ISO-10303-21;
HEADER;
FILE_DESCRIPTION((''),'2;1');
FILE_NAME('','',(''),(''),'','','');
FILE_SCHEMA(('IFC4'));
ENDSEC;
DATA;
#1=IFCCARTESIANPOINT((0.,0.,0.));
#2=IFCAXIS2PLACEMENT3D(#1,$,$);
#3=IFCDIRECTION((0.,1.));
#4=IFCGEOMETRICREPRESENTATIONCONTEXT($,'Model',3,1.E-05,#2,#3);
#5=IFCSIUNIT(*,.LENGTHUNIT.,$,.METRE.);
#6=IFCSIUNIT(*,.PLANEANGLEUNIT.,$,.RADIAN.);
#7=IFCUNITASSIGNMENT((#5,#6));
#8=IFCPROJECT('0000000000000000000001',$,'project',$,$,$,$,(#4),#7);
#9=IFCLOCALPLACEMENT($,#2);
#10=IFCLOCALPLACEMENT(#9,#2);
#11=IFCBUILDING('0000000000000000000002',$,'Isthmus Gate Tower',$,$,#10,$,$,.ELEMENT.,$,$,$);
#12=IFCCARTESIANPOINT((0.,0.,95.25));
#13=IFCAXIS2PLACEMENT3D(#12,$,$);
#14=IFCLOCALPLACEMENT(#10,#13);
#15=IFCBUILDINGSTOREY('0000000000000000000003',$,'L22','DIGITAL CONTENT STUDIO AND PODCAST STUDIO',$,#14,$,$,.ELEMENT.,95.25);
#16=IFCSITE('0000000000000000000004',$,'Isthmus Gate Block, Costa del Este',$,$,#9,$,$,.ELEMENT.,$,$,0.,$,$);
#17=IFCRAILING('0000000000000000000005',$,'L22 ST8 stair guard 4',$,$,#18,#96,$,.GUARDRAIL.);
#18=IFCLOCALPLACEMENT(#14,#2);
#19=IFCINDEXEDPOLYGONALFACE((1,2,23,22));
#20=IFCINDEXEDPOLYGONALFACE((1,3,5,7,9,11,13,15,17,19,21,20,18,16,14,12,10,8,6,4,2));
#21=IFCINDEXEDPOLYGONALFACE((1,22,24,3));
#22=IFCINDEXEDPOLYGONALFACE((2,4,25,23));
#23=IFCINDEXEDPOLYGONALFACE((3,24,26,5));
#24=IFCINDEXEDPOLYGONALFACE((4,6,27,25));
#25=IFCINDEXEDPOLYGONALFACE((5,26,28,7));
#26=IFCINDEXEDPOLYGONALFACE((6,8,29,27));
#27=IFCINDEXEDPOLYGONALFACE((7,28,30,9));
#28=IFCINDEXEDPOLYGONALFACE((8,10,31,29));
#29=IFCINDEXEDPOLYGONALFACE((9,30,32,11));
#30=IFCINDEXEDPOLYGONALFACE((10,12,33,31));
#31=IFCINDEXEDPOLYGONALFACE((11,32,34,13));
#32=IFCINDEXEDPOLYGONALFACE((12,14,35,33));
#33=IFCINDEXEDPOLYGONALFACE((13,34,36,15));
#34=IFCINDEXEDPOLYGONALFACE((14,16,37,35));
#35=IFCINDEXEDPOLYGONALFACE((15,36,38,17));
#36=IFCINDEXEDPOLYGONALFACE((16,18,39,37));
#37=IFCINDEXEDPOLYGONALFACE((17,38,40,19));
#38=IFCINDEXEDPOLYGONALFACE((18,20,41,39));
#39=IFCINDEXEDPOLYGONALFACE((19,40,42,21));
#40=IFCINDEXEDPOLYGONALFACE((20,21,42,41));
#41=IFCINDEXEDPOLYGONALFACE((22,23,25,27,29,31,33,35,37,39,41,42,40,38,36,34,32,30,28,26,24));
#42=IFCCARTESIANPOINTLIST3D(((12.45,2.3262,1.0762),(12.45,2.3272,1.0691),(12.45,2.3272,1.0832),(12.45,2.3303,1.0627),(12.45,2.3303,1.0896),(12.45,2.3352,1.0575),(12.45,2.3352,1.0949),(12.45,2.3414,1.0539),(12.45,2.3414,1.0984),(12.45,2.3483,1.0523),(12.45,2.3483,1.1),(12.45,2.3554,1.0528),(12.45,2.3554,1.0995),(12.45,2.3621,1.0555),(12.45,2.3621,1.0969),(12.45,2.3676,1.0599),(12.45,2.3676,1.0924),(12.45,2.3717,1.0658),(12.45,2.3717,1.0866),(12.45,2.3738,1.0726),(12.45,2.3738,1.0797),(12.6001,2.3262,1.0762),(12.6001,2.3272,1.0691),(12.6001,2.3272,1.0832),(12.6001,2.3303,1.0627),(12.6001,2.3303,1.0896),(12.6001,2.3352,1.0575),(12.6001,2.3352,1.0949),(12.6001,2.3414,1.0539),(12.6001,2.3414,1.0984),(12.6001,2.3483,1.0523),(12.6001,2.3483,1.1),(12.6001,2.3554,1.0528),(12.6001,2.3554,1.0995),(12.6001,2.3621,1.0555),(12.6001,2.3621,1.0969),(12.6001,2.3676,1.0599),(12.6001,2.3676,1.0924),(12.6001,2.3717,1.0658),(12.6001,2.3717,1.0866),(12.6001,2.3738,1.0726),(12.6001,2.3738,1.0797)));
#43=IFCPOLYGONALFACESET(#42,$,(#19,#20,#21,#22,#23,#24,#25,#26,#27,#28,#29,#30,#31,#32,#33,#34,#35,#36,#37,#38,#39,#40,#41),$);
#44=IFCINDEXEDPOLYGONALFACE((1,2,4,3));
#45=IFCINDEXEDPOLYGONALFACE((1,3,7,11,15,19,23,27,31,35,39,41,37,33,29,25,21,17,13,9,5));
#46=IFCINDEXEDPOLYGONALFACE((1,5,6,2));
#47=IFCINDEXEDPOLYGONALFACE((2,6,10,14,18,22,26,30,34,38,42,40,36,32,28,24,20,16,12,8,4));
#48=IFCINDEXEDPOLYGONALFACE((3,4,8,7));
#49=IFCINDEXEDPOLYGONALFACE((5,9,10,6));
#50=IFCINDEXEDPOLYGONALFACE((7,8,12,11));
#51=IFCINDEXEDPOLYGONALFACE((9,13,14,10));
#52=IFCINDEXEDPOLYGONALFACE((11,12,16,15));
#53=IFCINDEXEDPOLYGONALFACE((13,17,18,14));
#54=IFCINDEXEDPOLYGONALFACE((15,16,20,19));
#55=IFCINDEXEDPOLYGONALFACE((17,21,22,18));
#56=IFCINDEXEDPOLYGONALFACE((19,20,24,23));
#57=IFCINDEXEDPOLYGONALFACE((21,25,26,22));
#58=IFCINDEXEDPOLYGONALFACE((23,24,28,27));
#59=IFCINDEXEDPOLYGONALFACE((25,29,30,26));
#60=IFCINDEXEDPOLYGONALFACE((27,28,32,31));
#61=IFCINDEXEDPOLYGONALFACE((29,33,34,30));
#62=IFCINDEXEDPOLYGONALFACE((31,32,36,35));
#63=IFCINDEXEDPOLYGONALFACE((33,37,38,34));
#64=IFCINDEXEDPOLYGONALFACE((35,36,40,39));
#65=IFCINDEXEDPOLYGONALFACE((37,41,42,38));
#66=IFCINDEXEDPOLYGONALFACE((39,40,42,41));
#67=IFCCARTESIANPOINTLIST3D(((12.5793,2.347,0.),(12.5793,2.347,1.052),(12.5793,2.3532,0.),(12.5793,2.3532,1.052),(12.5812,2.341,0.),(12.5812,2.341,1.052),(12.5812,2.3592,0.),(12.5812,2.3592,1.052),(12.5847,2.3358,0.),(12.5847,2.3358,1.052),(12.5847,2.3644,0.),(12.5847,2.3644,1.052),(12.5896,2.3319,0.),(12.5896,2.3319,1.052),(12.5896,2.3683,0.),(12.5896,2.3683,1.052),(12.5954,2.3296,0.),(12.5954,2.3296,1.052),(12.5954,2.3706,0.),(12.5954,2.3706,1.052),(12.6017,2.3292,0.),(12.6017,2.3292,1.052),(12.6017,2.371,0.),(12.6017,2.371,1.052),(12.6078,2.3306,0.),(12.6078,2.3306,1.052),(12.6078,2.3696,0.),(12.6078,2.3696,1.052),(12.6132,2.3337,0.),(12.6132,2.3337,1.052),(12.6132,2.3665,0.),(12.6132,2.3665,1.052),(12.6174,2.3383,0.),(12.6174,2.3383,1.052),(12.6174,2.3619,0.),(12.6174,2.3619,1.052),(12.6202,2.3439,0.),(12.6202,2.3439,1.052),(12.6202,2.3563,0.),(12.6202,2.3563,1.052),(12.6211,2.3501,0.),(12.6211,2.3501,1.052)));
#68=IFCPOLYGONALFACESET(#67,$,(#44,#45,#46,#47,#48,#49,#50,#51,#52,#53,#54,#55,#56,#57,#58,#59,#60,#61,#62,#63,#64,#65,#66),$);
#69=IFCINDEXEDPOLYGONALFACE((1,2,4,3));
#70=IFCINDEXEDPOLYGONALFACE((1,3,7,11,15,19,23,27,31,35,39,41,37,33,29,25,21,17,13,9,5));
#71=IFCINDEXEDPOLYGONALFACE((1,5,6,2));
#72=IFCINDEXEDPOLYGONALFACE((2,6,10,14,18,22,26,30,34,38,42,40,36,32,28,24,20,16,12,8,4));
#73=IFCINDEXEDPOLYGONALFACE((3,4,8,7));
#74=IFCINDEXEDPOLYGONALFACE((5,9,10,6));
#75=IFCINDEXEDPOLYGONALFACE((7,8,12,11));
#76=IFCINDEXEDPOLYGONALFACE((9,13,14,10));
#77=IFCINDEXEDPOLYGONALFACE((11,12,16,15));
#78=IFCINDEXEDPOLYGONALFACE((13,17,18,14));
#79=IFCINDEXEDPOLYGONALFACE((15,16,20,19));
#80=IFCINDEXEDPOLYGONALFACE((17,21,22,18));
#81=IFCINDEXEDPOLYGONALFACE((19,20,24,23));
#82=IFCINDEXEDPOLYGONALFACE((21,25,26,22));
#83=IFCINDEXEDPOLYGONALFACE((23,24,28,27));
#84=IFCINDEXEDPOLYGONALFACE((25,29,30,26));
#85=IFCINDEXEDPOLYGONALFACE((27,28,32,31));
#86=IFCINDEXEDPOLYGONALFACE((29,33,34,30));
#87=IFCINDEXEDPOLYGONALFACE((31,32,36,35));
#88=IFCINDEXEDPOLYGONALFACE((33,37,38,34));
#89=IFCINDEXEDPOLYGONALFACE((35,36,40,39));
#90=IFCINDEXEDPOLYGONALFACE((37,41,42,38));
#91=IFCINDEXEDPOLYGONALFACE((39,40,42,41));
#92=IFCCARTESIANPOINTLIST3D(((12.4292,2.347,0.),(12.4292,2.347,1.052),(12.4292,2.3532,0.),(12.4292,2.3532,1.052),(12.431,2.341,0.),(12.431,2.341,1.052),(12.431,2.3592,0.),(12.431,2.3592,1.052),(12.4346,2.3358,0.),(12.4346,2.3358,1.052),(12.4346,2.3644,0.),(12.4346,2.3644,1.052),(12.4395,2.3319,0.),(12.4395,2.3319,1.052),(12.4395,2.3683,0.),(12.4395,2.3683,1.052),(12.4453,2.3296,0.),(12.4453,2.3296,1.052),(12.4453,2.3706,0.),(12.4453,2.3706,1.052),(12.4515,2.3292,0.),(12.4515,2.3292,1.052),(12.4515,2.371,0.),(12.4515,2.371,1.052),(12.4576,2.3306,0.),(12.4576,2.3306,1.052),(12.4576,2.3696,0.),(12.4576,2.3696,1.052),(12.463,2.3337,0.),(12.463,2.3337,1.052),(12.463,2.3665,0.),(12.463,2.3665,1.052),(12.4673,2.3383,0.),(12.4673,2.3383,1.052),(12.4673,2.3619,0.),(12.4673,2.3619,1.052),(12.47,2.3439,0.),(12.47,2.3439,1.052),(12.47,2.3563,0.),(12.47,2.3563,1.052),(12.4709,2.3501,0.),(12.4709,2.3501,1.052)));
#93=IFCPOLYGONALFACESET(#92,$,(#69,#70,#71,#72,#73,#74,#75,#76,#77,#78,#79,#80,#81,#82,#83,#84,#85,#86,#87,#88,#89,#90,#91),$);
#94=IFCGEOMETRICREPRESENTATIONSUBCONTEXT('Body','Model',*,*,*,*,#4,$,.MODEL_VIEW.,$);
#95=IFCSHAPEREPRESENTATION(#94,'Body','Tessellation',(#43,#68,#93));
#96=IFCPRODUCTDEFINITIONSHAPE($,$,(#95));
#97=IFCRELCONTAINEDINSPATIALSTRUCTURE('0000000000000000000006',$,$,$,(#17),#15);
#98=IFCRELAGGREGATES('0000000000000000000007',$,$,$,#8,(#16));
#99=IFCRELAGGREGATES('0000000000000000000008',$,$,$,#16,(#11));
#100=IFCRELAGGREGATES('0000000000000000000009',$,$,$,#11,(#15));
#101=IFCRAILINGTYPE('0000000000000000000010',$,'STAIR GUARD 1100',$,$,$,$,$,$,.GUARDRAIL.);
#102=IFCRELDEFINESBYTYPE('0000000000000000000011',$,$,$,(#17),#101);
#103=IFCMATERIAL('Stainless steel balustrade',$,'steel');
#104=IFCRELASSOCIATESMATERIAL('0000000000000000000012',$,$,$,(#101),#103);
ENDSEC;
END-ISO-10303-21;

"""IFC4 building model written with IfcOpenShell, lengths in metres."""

from ifc_helpers import new_model, si_unit, direction, frame, origin, origin_2d, place, context, subcontext, project, spatial, circle, extrude, material, type_object, element, save


model = new_model("IFC4")

# Units and contexts
model_context = context("Model", 3, precision=1e-05, world=origin(), true_north=direction((0.0, 1.0)))
body_context = subcontext(model_context, "Body", "Model", "MODEL_VIEW")
ifc_project = project(units=[si_unit("LENGTHUNIT", "METRE"), si_unit("PLANEANGLEUNIT", "RADIAN")], contexts=[model_context])

# Site, building, storey
site_placement = place(None, origin())
site = spatial("IfcSite", under=ifc_project, at=site_placement, Name="Isthmus Gate Block, Costa del Este", CompositionType="ELEMENT", RefElevation=0.0)
building_placement = place(site_placement, origin())
building = spatial("IfcBuilding", under=site, at=building_placement, Name="Isthmus Gate Tower", CompositionType="ELEMENT")
storey_placement = place(building_placement, frame((0.0, 0.0, 95.25)))
storey = spatial("IfcBuildingStorey", under=building, at=storey_placement, Name="L22", Description="DIGITAL CONTENT STUDIO AND PODCAST STUDIO", CompositionType="ELEMENT", Elevation=95.25)

# Railing
ifc_material_1 = material(Name="Stainless steel balustrade", Category="steel")
railing_type_1 = type_object("IfcRailingType", Name="STAIR GUARD 1100", PredefinedType="GUARDRAIL", material=ifc_material_1)
railing_1_placement = place(storey_placement, frame((12.6001, 2.3501, 0.0)))
element("IfcRailing", 1, at=railing_1_placement, inside=storey, type_object=railing_type_1, Name="L22 ST8 stair guard 4", PredefinedType="GUARDRAIL", context=body_context, shape_type="SweptSolid", body=[
    extrude(circle(Radius=0.0239, at=origin_2d()), frame((0.0, 0.0, 1.0762), z_axis=(-1.0, 0.0, 0.0), x_axis=(0.0, -1.0, 0.0)), (0.0, 0.0, 1.0), 0.1501),
    extrude(circle(Radius=0.021, at=origin_2d()), origin(), (0.0, 0.0, 1.0), 1.052),
    extrude(circle(Radius=0.021, at=origin_2d()), frame((-0.1501, 0.0, 0.0)), (0.0, 0.0, 1.0), 1.052),
])

save(model, "model.ifc")
